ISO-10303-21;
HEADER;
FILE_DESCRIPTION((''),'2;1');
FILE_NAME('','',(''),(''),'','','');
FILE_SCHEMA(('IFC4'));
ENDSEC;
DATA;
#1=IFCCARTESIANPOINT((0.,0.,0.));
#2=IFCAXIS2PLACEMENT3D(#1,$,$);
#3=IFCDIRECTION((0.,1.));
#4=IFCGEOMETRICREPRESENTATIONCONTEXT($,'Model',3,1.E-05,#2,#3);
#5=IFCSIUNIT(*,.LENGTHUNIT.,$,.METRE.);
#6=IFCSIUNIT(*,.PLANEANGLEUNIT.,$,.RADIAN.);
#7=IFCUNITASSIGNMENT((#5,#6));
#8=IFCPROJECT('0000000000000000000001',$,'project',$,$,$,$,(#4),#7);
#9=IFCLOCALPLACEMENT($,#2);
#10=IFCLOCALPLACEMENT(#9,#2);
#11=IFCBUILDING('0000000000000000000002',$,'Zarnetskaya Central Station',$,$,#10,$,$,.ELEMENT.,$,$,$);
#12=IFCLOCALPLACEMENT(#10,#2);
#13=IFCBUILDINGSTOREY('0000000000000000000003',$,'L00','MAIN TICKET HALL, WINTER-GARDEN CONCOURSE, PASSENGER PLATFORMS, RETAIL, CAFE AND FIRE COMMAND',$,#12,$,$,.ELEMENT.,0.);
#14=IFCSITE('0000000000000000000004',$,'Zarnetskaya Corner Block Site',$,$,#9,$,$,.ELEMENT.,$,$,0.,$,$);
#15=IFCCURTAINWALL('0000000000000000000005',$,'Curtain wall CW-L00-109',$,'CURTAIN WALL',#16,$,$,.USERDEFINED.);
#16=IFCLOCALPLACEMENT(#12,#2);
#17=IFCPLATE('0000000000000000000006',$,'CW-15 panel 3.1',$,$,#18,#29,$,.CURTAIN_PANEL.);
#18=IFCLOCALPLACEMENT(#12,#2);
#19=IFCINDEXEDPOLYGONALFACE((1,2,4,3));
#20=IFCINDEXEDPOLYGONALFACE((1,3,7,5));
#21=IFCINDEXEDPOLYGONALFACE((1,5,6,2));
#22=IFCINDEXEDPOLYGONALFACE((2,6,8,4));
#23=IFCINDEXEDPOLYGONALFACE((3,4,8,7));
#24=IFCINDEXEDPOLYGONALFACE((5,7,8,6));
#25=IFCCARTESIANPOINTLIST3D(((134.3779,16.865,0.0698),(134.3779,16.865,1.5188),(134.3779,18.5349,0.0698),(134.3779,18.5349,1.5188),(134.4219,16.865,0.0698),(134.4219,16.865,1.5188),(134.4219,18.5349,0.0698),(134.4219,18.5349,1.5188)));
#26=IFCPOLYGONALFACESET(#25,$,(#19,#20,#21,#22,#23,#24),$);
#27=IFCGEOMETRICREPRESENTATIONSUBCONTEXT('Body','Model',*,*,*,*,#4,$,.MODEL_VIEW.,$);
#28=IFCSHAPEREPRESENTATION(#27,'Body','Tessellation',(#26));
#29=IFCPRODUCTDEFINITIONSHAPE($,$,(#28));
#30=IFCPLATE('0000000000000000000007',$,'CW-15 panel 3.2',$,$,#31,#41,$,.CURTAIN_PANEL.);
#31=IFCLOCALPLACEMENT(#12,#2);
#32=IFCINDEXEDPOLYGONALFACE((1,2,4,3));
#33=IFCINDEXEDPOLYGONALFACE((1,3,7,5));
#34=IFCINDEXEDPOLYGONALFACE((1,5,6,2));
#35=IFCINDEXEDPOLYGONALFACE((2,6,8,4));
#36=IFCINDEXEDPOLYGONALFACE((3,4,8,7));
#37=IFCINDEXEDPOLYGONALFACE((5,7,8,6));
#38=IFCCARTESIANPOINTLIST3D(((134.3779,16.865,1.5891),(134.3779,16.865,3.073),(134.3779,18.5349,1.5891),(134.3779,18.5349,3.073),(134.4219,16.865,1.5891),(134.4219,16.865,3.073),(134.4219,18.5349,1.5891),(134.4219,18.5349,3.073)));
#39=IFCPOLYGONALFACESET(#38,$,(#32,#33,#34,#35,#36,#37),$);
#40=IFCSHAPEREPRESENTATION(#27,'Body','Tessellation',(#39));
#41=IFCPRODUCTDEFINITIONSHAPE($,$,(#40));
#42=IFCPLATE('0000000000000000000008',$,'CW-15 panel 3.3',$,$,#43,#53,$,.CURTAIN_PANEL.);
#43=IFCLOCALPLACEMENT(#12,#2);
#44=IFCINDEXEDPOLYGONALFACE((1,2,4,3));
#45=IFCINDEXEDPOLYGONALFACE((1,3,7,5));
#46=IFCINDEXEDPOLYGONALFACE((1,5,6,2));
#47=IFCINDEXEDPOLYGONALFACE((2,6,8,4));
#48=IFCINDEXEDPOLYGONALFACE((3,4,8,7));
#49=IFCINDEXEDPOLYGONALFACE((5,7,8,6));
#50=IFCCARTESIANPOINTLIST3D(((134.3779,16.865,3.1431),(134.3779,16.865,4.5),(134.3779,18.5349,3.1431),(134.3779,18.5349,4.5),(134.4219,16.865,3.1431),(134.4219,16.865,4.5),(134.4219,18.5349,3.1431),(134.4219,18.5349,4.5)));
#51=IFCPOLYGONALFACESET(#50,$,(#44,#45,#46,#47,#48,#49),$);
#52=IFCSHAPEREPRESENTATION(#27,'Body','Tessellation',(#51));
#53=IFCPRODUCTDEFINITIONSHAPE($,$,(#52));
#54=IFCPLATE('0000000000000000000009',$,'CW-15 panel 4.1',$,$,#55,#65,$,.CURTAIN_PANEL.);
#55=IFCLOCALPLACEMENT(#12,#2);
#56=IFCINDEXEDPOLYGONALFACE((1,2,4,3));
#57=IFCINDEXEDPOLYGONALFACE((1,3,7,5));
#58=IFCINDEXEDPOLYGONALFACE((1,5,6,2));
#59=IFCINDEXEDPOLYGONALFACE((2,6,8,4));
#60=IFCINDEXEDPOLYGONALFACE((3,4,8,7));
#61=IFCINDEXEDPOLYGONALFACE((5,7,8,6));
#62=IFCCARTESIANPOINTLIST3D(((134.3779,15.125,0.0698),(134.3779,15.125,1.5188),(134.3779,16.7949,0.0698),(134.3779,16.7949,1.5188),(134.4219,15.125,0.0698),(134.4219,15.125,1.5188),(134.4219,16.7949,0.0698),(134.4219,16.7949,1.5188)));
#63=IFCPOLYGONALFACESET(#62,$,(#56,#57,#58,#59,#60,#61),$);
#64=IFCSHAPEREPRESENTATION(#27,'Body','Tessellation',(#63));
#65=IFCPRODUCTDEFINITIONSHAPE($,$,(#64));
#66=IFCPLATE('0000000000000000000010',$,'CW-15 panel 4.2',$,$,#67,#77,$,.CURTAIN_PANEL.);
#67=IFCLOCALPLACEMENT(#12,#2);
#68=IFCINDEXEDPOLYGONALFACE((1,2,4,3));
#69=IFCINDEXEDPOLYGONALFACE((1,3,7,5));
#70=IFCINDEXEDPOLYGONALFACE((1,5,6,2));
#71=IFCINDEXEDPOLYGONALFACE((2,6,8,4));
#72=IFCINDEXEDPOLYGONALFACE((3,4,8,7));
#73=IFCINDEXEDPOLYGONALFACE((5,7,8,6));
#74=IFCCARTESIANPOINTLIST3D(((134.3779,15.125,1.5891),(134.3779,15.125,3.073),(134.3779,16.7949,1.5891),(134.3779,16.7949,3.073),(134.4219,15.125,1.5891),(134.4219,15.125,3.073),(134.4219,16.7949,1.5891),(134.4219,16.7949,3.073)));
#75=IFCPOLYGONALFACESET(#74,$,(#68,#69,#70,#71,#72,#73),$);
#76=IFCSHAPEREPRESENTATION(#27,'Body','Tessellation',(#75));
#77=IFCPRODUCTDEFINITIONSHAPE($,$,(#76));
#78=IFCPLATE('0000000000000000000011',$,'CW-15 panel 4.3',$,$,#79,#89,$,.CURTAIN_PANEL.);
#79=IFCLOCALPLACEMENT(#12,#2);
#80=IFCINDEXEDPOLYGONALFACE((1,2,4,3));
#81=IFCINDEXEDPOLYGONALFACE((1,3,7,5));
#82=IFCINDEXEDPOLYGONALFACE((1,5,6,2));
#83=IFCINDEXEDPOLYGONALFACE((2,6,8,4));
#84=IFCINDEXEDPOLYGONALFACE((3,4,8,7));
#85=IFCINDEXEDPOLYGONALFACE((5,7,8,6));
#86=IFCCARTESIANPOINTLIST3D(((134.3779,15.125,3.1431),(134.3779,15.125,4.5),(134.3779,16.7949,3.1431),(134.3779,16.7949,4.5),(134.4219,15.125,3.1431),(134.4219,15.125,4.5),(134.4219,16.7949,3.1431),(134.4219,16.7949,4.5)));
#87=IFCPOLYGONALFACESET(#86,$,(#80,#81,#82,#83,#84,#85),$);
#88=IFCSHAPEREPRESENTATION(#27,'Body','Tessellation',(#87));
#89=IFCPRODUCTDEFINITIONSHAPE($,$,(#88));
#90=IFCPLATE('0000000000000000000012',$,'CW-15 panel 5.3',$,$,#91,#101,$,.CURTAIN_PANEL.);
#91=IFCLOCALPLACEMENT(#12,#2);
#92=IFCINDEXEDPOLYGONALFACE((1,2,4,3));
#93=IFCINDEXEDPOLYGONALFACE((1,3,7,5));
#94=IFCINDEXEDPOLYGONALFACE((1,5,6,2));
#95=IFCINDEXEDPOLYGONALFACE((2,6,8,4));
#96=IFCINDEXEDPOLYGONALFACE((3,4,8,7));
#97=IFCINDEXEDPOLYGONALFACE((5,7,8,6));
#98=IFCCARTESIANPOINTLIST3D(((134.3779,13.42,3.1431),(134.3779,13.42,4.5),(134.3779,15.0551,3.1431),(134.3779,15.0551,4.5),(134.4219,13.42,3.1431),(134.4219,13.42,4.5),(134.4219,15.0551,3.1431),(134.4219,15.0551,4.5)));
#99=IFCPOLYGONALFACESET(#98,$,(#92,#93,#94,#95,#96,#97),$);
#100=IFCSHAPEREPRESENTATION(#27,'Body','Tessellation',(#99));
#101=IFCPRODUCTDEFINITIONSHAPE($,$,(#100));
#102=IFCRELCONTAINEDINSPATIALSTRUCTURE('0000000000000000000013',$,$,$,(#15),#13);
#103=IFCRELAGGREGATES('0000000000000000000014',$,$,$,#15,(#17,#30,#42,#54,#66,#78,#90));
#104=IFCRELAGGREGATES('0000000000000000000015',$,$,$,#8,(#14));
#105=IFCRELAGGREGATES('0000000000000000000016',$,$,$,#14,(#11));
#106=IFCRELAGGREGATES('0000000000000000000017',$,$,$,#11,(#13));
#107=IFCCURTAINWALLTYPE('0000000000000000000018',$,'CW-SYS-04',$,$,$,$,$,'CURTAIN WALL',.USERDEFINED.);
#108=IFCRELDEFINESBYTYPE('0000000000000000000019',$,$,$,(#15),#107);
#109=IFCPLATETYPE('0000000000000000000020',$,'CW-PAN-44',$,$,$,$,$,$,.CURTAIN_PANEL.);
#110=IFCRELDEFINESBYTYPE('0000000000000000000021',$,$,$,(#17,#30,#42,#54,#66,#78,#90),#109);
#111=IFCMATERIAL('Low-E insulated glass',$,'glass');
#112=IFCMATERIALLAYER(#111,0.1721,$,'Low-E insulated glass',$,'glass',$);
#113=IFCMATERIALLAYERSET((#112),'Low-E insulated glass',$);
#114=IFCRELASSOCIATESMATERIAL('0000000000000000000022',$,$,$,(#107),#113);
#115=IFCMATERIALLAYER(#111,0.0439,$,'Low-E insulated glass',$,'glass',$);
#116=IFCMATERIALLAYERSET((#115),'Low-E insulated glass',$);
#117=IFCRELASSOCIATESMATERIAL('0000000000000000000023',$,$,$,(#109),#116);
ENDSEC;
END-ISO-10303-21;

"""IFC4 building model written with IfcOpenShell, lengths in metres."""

from ifc_helpers import new_model, si_unit, direction, frame, origin, origin_2d, place, context, subcontext, project, spatial, rectangle, extrude, material, layer, layer_set, type_object, element, aggregate, save


model = new_model("IFC4")

# Units and contexts
model_context = context("Model", 3, precision=1e-05, world=origin(), true_north=direction((0.0, 1.0)))
body_context = subcontext(model_context, "Body", "Model", "MODEL_VIEW")
ifc_project = project(units=[si_unit("LENGTHUNIT", "METRE"), si_unit("PLANEANGLEUNIT", "RADIAN")], contexts=[model_context])

# Site, building, storey
site_placement = place(None, origin())
site = spatial("IfcSite", under=ifc_project, at=site_placement, Name="Zarnetskaya Corner Block Site", CompositionType="ELEMENT", RefElevation=0.0)
building_placement = place(site_placement, origin())
building = spatial("IfcBuilding", under=site, at=building_placement, Name="Zarnetskaya Central Station", CompositionType="ELEMENT")
storey_placement = place(building_placement, origin())
storey = spatial("IfcBuildingStorey", under=building, at=storey_placement, Name="L00", Description="MAIN TICKET HALL, WINTER-GARDEN CONCOURSE, PASSENGER PLATFORMS, RETAIL, CAFE AND FIRE COMMAND", CompositionType="ELEMENT", Elevation=0.0)

# Curtain wall, plates
ifc_material_1 = material(Name="Low-E insulated glass", Category="glass")
ifc_layer_1 = layer(ifc_material_1, 0.1721, Name="Low-E insulated glass", Category="glass")
ifc_layer_set_1 = layer_set([ifc_layer_1], Name="Low-E insulated glass")
curtain_wall_type = type_object("IfcCurtainWallType", Name="CW-SYS-04", ElementType="CURTAIN WALL", PredefinedType="USERDEFINED", material=ifc_layer_set_1)
curtain_wall_placement = place(storey_placement, origin())
curtain_wall = element("IfcCurtainWall", 1, at=curtain_wall_placement, inside=storey, type_object=curtain_wall_type, Name="Curtain wall CW-L00-109", ObjectType="CURTAIN WALL", PredefinedType="USERDEFINED")
ifc_layer_2 = layer(ifc_material_1, 0.0439, Name="Low-E insulated glass", Category="glass")
ifc_layer_set_2 = layer_set([ifc_layer_2], Name="Low-E insulated glass")
plate_type = type_object("IfcPlateType", Name="CW-PAN-44", PredefinedType="CURTAIN_PANEL", material=ifc_layer_set_2)
plate_1_placement = place(storey_placement, frame((134.3999, 17.7, 0.0698), z_axis=(0.0, 0.0, 1.0), x_axis=(0.0, -1.0, 0.0)))
plate_1 = element("IfcPlate", 2, at=plate_1_placement, type_object=plate_type, Name="CW-15 panel 3.1", PredefinedType="CURTAIN_PANEL", context=body_context, shape_type="SweptSolid", body=[
    extrude(rectangle(XDim=1.6699, YDim=0.0439, at=origin_2d()), origin(), (0.0, 0.0, 1.0), 1.449),
])
plate_2_placement = place(storey_placement, frame((134.3999, 17.7, 1.5891), z_axis=(0.0, 0.0, 1.0), x_axis=(0.0, -1.0, 0.0)))
plate_2 = element("IfcPlate", 3, at=plate_2_placement, type_object=plate_type, Name="CW-15 panel 3.2", PredefinedType="CURTAIN_PANEL", context=body_context, shape_type="SweptSolid", body=[
    extrude(rectangle(XDim=1.6699, YDim=0.0439, at=origin_2d()), origin(), (0.0, 0.0, 1.0), 1.4839),
])
plate_3_placement = place(storey_placement, frame((134.3999, 17.7, 3.1431), z_axis=(0.0, 0.0, 1.0), x_axis=(0.0, -1.0, 0.0)))
plate_3 = element("IfcPlate", 4, at=plate_3_placement, type_object=plate_type, Name="CW-15 panel 3.3", PredefinedType="CURTAIN_PANEL", context=body_context, shape_type="SweptSolid", body=[
    extrude(rectangle(XDim=1.6699, YDim=0.0439, at=origin_2d()), origin(), (0.0, 0.0, 1.0), 1.3569),
])
plate_4_placement = place(storey_placement, frame((134.3999, 15.96, 0.0698), z_axis=(0.0, 0.0, 1.0), x_axis=(0.0, -1.0, 0.0)))
plate_4 = element("IfcPlate", 5, at=plate_4_placement, type_object=plate_type, Name="CW-15 panel 4.1", PredefinedType="CURTAIN_PANEL", context=body_context, shape_type="SweptSolid", body=[
    extrude(rectangle(XDim=1.6699, YDim=0.0439, at=origin_2d()), origin(), (0.0, 0.0, 1.0), 1.449),
])
plate_5_placement = place(storey_placement, frame((134.3999, 15.96, 1.5891), z_axis=(0.0, 0.0, 1.0), x_axis=(0.0, -1.0, 0.0)))
plate_5 = element("IfcPlate", 6, at=plate_5_placement, type_object=plate_type, Name="CW-15 panel 4.2", PredefinedType="CURTAIN_PANEL", context=body_context, shape_type="SweptSolid", body=[
    extrude(rectangle(XDim=1.6699, YDim=0.0439, at=origin_2d()), origin(), (0.0, 0.0, 1.0), 1.4839),
])
plate_6_placement = place(storey_placement, frame((134.3999, 15.96, 3.1431), z_axis=(0.0, 0.0, 1.0), x_axis=(0.0, -1.0, 0.0)))
plate_6 = element("IfcPlate", 7, at=plate_6_placement, type_object=plate_type, Name="CW-15 panel 4.3", PredefinedType="CURTAIN_PANEL", context=body_context, shape_type="SweptSolid", body=[
    extrude(rectangle(XDim=1.6699, YDim=0.0439, at=origin_2d()), origin(), (0.0, 0.0, 1.0), 1.3569),
])
plate_7_placement = place(storey_placement, frame((134.3999, 14.2375, 3.1431), z_axis=(0.0, 0.0, 1.0), x_axis=(0.0, -1.0, 0.0)))
plate_7 = element("IfcPlate", 8, at=plate_7_placement, type_object=plate_type, Name="CW-15 panel 5.3", PredefinedType="CURTAIN_PANEL", context=body_context, shape_type="SweptSolid", body=[
    extrude(rectangle(XDim=1.635, YDim=0.0439, at=origin_2d()), origin(), (0.0, 0.0, 1.0), 1.3569),
])
aggregate(curtain_wall, [plate_1, plate_2, plate_3, plate_4, plate_5, plate_6, plate_7])

save(model, "model.ifc")
